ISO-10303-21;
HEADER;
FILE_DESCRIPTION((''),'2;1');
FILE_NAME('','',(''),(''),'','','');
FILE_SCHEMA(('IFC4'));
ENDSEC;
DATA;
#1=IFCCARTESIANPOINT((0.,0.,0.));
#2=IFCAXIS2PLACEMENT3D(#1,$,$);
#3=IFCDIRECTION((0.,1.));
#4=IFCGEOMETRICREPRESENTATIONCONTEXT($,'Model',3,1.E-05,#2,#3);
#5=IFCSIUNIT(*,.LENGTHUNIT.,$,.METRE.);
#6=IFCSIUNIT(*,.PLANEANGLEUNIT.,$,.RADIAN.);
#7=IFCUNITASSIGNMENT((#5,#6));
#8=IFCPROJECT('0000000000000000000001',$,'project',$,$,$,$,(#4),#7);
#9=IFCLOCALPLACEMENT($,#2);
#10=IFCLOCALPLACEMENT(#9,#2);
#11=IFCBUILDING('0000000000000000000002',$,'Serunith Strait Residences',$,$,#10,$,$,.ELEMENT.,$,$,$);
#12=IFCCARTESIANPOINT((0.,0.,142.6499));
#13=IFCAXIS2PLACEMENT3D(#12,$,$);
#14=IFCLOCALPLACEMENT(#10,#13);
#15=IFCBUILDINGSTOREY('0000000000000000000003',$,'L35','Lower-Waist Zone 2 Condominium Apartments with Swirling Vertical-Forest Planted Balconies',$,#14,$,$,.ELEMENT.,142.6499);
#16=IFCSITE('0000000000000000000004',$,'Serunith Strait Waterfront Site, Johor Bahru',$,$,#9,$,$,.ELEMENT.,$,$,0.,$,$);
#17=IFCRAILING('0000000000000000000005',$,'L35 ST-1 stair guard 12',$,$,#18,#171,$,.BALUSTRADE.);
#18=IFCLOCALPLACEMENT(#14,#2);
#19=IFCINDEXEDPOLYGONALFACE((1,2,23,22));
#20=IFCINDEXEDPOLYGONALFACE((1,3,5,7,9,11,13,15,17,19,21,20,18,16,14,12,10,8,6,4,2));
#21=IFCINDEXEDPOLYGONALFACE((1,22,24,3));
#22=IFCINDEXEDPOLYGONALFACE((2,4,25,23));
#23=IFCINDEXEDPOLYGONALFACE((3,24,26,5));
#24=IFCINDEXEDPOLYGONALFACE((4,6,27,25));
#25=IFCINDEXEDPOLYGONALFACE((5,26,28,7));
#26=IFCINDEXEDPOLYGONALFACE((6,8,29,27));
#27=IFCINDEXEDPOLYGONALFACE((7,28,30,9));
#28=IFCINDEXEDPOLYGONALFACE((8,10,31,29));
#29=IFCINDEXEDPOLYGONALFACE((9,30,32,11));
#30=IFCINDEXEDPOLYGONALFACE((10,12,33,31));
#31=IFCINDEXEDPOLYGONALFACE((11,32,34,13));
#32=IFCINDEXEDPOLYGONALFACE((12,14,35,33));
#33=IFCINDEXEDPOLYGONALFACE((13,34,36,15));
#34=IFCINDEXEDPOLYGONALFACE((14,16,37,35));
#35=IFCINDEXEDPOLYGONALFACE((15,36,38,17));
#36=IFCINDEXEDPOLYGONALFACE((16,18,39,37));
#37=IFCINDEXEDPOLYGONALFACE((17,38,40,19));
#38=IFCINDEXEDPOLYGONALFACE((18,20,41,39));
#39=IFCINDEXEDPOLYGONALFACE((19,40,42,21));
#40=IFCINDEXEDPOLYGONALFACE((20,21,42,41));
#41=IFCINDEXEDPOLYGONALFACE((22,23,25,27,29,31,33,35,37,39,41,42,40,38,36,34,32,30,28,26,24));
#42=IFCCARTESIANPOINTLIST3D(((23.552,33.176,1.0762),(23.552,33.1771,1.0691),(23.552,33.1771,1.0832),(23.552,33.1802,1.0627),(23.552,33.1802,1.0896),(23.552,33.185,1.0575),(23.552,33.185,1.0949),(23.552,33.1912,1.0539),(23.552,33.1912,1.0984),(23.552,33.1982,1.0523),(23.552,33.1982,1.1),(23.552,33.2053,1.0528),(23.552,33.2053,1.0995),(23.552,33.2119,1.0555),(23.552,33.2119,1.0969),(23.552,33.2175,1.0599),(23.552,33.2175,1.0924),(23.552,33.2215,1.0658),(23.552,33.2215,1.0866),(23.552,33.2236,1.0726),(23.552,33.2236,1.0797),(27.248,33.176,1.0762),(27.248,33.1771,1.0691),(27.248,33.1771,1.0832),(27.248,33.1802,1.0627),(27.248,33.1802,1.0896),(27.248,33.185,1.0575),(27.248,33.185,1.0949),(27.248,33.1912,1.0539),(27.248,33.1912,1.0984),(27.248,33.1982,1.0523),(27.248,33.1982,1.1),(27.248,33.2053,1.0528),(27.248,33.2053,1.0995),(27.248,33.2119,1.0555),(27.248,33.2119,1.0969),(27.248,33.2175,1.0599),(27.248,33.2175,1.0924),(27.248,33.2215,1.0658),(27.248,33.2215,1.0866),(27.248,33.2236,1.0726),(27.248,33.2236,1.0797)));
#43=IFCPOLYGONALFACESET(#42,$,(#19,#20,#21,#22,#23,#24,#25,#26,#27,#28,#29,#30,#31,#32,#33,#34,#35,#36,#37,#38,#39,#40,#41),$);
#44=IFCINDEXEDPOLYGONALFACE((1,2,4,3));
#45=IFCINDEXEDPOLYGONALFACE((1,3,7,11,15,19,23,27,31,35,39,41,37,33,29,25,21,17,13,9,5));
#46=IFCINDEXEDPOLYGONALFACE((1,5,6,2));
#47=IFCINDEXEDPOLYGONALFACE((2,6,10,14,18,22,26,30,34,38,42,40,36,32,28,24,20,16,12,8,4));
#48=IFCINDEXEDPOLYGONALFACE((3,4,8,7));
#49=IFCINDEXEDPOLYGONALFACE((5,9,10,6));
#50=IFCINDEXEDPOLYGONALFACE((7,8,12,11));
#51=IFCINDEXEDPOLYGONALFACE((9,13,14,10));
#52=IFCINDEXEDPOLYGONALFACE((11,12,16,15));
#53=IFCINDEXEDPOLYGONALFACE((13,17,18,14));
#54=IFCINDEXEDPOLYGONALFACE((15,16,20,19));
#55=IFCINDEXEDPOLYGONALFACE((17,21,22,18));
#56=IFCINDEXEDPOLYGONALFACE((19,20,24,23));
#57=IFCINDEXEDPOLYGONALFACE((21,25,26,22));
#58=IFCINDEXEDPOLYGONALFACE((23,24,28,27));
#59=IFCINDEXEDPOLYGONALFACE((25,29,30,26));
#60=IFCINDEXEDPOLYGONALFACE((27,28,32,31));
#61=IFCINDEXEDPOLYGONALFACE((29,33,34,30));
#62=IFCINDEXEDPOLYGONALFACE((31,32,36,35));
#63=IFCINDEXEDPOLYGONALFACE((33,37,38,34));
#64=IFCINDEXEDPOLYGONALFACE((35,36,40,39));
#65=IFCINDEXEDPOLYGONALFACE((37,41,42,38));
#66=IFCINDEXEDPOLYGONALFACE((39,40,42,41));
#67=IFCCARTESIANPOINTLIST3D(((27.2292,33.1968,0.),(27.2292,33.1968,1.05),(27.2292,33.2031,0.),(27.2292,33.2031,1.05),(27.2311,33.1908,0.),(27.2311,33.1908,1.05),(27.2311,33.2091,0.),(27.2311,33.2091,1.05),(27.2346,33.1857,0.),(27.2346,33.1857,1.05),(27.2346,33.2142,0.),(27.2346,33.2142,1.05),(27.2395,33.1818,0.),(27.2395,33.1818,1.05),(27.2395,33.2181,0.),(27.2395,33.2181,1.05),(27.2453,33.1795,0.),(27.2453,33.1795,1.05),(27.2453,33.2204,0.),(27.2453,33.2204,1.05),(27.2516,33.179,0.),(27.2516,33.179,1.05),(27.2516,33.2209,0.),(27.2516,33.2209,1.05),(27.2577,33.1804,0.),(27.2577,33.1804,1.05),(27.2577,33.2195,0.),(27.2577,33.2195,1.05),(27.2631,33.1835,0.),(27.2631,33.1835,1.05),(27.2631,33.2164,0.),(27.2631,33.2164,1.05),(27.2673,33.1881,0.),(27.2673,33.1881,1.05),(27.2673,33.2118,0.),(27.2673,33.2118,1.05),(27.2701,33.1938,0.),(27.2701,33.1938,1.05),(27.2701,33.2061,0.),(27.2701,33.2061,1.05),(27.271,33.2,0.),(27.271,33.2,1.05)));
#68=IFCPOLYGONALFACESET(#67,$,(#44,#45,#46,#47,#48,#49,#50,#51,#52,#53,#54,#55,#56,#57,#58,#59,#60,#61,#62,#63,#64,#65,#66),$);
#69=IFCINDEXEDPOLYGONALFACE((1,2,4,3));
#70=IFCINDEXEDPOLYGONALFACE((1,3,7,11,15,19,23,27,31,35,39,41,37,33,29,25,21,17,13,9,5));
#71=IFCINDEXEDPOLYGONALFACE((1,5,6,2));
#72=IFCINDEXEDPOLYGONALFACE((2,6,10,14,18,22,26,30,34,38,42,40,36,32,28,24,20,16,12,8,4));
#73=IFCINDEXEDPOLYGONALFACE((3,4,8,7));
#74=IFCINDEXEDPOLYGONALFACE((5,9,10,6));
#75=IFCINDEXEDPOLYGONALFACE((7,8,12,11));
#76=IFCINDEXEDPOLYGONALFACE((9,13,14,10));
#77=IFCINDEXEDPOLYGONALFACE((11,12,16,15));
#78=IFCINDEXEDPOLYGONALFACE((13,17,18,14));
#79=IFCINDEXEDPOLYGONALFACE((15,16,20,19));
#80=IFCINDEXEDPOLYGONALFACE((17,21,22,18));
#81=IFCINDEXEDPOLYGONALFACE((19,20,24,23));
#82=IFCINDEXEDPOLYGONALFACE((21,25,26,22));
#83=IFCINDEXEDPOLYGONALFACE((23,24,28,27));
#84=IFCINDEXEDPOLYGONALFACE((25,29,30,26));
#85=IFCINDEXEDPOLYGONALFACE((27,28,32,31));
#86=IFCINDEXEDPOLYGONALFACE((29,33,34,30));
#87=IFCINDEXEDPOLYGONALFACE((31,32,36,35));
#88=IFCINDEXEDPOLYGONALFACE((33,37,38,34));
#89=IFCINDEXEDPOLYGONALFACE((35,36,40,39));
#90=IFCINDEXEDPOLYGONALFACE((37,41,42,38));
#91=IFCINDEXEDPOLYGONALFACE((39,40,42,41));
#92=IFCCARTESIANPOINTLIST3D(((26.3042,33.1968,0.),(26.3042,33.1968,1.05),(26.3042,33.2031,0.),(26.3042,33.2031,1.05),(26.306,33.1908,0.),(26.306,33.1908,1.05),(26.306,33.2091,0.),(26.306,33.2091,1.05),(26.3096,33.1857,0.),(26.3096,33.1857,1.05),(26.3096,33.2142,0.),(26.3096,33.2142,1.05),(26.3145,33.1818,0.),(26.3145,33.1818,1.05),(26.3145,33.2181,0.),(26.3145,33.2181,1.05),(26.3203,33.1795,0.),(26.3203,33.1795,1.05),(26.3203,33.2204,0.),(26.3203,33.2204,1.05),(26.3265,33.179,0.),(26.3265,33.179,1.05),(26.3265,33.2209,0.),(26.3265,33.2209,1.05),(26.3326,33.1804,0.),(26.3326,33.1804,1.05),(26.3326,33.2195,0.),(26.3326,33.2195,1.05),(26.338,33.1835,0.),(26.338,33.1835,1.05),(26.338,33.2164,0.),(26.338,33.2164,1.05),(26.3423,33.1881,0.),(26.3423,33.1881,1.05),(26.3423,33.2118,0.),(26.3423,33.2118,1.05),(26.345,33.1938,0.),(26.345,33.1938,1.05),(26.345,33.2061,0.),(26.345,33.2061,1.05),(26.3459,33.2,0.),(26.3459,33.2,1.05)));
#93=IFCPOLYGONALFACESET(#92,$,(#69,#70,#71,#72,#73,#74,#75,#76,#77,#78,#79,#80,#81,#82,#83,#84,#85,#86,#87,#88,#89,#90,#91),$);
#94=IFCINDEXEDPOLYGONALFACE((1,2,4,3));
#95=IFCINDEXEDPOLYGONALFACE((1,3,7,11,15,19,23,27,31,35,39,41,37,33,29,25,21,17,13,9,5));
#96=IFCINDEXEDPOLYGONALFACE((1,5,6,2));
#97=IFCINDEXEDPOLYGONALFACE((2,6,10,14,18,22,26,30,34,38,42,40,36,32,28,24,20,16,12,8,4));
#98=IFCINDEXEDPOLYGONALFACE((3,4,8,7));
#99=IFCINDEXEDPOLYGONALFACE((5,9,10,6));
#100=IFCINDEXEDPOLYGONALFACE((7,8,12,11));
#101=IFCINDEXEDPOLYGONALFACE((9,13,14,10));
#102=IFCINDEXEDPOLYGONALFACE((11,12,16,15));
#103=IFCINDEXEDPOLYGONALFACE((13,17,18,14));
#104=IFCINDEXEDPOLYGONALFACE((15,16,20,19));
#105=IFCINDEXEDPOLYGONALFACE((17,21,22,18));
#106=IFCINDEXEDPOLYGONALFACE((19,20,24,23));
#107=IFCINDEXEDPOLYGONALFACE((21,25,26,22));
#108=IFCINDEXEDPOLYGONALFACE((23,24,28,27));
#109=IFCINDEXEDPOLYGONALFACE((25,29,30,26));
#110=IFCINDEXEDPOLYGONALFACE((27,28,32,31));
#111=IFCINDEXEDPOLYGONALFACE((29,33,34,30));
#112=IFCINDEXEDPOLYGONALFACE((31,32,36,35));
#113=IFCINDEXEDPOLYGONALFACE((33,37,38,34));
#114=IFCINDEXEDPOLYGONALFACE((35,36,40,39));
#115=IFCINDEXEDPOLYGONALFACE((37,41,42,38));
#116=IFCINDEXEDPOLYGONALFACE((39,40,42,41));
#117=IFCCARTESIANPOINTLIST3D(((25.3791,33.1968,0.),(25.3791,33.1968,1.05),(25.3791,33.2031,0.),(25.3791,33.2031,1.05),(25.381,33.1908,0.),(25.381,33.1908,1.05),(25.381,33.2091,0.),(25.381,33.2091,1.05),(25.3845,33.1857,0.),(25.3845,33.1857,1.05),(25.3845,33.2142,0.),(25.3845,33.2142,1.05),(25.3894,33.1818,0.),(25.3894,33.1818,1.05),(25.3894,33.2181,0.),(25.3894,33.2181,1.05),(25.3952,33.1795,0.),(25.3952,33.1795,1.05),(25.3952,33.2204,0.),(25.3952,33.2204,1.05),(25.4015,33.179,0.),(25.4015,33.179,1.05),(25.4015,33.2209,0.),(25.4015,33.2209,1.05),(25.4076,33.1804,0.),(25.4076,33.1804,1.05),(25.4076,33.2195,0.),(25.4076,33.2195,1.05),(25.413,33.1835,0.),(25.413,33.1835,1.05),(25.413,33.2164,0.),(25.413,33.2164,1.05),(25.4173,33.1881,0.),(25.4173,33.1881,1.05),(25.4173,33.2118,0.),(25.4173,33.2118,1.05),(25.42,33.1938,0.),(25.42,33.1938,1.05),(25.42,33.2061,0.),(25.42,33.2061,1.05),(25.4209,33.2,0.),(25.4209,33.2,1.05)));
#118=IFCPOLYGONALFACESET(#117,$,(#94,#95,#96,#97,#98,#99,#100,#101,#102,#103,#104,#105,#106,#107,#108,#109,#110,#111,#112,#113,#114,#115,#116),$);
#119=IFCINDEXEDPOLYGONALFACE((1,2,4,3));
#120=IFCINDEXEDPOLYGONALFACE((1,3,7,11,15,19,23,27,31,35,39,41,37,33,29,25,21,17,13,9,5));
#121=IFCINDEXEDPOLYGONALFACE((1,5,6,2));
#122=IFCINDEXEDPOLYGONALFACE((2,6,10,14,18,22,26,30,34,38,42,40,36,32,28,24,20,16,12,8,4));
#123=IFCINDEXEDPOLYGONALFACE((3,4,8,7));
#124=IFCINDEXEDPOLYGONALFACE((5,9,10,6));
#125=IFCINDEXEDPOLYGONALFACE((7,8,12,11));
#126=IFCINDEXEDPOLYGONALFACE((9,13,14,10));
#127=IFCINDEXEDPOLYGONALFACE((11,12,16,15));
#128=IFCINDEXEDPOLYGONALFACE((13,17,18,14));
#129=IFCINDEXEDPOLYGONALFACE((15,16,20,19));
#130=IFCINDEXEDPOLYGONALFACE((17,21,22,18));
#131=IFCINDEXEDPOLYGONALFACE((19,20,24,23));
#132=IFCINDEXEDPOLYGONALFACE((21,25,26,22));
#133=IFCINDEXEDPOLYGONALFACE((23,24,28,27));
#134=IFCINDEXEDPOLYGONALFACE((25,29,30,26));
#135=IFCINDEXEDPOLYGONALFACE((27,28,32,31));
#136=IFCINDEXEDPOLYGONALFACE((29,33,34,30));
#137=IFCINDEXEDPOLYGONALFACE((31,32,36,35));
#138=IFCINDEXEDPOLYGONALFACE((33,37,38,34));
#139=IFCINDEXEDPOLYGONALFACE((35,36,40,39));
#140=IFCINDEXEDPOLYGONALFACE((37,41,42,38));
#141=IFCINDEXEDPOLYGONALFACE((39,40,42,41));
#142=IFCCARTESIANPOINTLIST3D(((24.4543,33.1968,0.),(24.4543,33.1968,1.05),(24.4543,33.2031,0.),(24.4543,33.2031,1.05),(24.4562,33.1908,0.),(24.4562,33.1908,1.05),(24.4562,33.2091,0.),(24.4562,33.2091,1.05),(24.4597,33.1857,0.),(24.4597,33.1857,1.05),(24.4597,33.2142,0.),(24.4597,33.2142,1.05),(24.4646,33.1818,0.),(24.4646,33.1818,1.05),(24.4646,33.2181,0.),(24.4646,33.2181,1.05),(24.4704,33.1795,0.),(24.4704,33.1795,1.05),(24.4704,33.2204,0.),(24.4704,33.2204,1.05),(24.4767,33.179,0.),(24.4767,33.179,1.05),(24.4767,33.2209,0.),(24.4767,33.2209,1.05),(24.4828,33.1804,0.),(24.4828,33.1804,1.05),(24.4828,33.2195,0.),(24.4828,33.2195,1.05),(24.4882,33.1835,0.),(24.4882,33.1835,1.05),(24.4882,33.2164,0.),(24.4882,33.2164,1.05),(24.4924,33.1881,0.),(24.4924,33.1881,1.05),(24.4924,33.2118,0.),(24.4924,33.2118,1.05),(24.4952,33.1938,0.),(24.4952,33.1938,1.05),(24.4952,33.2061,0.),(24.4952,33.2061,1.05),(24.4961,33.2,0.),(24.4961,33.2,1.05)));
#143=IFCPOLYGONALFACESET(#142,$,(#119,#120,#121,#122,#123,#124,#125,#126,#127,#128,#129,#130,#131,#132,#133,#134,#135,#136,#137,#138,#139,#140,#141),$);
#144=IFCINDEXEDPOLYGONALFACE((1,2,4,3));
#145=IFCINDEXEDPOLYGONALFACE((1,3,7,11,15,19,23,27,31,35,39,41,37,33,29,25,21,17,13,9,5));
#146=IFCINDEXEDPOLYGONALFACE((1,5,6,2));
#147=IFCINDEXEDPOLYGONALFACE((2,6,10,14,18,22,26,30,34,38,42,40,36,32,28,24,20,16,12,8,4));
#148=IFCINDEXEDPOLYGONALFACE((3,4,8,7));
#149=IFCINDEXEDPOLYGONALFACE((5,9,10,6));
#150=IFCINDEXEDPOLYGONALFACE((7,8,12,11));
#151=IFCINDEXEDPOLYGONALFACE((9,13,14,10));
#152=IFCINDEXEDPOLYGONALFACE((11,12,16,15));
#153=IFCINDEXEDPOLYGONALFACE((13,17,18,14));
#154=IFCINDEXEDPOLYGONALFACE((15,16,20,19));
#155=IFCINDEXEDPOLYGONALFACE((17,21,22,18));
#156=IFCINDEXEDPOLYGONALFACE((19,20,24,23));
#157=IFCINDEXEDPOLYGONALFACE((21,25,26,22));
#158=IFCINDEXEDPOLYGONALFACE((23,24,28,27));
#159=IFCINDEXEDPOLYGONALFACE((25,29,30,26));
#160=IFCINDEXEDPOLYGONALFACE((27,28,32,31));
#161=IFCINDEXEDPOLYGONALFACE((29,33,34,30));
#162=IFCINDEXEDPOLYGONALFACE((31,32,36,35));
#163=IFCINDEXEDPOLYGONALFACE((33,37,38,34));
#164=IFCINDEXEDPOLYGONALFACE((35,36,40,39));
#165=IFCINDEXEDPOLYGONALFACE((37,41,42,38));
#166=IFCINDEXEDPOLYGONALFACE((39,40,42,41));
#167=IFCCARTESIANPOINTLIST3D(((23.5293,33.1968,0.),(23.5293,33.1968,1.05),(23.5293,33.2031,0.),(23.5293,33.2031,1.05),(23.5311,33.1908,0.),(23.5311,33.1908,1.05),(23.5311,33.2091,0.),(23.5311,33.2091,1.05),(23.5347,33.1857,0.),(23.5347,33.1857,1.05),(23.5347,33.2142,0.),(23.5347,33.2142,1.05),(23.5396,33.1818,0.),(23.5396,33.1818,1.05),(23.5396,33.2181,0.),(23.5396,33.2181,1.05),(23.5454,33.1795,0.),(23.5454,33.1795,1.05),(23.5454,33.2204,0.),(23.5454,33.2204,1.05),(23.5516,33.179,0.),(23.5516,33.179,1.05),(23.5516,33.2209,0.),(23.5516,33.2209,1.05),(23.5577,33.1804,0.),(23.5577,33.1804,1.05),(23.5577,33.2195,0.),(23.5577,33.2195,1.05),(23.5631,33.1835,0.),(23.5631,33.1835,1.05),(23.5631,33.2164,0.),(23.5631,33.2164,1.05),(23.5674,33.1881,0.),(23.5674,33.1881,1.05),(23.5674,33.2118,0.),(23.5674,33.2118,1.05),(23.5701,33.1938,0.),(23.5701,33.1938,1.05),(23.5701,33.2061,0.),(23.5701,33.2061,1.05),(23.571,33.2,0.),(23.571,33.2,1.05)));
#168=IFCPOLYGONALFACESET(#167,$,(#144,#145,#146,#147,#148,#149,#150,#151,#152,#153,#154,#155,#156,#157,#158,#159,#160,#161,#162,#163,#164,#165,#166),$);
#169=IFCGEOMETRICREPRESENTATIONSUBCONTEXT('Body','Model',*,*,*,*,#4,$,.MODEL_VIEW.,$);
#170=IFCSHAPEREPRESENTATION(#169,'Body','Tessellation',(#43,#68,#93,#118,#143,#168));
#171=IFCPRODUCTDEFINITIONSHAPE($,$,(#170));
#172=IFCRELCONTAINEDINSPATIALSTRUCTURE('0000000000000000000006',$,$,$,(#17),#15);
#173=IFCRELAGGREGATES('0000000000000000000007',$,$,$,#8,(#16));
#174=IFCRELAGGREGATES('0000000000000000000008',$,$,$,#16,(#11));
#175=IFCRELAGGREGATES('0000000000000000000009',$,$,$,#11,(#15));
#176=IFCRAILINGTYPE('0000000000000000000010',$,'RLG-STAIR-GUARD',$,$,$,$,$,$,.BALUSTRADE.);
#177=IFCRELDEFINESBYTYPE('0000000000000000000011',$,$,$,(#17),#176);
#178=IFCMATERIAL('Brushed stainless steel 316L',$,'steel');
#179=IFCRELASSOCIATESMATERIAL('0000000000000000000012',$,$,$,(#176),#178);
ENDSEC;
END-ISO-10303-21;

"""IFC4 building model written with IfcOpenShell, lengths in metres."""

from ifc_helpers import new_model, si_unit, direction, frame, origin, origin_2d, place, context, subcontext, project, spatial, circle, extrude, material, type_object, element, save


model = new_model("IFC4")

# Units and contexts
model_context = context("Model", 3, precision=1e-05, world=origin(), true_north=direction((0.0, 1.0)))
body_context = subcontext(model_context, "Body", "Model", "MODEL_VIEW")
ifc_project = project(units=[si_unit("LENGTHUNIT", "METRE"), si_unit("PLANEANGLEUNIT", "RADIAN")], contexts=[model_context])

# Site, building, storey
site_placement = place(None, origin())
site = spatial("IfcSite", under=ifc_project, at=site_placement, Name="Serunith Strait Waterfront Site, Johor Bahru", CompositionType="ELEMENT", RefElevation=0.0)
building_placement = place(site_placement, origin())
building = spatial("IfcBuilding", under=site, at=building_placement, Name="Serunith Strait Residences", CompositionType="ELEMENT")
storey_placement = place(building_placement, frame((0.0, 0.0, 142.6499)))
storey = spatial("IfcBuildingStorey", under=building, at=storey_placement, Name="L35", Description="Lower-Waist Zone 2 Condominium Apartments with Swirling Vertical-Forest Planted Balconies", CompositionType="ELEMENT", Elevation=142.6499)

# Railing
ifc_material_1 = material(Name="Brushed stainless steel 316L", Category="steel")
railing_type = type_object("IfcRailingType", Name="RLG-STAIR-GUARD", PredefinedType="BALUSTRADE", material=ifc_material_1)
railing_1_placement = place(storey_placement, frame((27.25, 33.2, 0.0)))
element("IfcRailing", 1, at=railing_1_placement, inside=storey, type_object=railing_type, Name="L35 ST-1 stair guard 12", PredefinedType="BALUSTRADE", context=body_context, shape_type="SweptSolid", body=[
    extrude(circle(Radius=0.0239, at=origin_2d()), frame((-0.002, 0.0, 1.0762), z_axis=(-1.0, 0.0, 0.0), x_axis=(0.0, -1.0, 0.0)), (0.0, 0.0, 1.0), 3.696),
    extrude(circle(Radius=0.021, at=origin_2d()), origin(), (0.0, 0.0, 1.0), 1.05),
    extrude(circle(Radius=0.021, at=origin_2d()), frame((-0.925, 0.0, 0.0)), (0.0, 0.0, 1.0), 1.05),
    extrude(circle(Radius=0.021, at=origin_2d()), frame((-1.8501, 0.0, 0.0)), (0.0, 0.0, 1.0), 1.05),
    extrude(circle(Radius=0.021, at=origin_2d()), frame((-2.7749, 0.0, 0.0)), (0.0, 0.0, 1.0), 1.05),
    extrude(circle(Radius=0.021, at=origin_2d()), frame((-3.7, 0.0, 0.0)), (0.0, 0.0, 1.0), 1.05),
])

save(model, "model.ifc")
